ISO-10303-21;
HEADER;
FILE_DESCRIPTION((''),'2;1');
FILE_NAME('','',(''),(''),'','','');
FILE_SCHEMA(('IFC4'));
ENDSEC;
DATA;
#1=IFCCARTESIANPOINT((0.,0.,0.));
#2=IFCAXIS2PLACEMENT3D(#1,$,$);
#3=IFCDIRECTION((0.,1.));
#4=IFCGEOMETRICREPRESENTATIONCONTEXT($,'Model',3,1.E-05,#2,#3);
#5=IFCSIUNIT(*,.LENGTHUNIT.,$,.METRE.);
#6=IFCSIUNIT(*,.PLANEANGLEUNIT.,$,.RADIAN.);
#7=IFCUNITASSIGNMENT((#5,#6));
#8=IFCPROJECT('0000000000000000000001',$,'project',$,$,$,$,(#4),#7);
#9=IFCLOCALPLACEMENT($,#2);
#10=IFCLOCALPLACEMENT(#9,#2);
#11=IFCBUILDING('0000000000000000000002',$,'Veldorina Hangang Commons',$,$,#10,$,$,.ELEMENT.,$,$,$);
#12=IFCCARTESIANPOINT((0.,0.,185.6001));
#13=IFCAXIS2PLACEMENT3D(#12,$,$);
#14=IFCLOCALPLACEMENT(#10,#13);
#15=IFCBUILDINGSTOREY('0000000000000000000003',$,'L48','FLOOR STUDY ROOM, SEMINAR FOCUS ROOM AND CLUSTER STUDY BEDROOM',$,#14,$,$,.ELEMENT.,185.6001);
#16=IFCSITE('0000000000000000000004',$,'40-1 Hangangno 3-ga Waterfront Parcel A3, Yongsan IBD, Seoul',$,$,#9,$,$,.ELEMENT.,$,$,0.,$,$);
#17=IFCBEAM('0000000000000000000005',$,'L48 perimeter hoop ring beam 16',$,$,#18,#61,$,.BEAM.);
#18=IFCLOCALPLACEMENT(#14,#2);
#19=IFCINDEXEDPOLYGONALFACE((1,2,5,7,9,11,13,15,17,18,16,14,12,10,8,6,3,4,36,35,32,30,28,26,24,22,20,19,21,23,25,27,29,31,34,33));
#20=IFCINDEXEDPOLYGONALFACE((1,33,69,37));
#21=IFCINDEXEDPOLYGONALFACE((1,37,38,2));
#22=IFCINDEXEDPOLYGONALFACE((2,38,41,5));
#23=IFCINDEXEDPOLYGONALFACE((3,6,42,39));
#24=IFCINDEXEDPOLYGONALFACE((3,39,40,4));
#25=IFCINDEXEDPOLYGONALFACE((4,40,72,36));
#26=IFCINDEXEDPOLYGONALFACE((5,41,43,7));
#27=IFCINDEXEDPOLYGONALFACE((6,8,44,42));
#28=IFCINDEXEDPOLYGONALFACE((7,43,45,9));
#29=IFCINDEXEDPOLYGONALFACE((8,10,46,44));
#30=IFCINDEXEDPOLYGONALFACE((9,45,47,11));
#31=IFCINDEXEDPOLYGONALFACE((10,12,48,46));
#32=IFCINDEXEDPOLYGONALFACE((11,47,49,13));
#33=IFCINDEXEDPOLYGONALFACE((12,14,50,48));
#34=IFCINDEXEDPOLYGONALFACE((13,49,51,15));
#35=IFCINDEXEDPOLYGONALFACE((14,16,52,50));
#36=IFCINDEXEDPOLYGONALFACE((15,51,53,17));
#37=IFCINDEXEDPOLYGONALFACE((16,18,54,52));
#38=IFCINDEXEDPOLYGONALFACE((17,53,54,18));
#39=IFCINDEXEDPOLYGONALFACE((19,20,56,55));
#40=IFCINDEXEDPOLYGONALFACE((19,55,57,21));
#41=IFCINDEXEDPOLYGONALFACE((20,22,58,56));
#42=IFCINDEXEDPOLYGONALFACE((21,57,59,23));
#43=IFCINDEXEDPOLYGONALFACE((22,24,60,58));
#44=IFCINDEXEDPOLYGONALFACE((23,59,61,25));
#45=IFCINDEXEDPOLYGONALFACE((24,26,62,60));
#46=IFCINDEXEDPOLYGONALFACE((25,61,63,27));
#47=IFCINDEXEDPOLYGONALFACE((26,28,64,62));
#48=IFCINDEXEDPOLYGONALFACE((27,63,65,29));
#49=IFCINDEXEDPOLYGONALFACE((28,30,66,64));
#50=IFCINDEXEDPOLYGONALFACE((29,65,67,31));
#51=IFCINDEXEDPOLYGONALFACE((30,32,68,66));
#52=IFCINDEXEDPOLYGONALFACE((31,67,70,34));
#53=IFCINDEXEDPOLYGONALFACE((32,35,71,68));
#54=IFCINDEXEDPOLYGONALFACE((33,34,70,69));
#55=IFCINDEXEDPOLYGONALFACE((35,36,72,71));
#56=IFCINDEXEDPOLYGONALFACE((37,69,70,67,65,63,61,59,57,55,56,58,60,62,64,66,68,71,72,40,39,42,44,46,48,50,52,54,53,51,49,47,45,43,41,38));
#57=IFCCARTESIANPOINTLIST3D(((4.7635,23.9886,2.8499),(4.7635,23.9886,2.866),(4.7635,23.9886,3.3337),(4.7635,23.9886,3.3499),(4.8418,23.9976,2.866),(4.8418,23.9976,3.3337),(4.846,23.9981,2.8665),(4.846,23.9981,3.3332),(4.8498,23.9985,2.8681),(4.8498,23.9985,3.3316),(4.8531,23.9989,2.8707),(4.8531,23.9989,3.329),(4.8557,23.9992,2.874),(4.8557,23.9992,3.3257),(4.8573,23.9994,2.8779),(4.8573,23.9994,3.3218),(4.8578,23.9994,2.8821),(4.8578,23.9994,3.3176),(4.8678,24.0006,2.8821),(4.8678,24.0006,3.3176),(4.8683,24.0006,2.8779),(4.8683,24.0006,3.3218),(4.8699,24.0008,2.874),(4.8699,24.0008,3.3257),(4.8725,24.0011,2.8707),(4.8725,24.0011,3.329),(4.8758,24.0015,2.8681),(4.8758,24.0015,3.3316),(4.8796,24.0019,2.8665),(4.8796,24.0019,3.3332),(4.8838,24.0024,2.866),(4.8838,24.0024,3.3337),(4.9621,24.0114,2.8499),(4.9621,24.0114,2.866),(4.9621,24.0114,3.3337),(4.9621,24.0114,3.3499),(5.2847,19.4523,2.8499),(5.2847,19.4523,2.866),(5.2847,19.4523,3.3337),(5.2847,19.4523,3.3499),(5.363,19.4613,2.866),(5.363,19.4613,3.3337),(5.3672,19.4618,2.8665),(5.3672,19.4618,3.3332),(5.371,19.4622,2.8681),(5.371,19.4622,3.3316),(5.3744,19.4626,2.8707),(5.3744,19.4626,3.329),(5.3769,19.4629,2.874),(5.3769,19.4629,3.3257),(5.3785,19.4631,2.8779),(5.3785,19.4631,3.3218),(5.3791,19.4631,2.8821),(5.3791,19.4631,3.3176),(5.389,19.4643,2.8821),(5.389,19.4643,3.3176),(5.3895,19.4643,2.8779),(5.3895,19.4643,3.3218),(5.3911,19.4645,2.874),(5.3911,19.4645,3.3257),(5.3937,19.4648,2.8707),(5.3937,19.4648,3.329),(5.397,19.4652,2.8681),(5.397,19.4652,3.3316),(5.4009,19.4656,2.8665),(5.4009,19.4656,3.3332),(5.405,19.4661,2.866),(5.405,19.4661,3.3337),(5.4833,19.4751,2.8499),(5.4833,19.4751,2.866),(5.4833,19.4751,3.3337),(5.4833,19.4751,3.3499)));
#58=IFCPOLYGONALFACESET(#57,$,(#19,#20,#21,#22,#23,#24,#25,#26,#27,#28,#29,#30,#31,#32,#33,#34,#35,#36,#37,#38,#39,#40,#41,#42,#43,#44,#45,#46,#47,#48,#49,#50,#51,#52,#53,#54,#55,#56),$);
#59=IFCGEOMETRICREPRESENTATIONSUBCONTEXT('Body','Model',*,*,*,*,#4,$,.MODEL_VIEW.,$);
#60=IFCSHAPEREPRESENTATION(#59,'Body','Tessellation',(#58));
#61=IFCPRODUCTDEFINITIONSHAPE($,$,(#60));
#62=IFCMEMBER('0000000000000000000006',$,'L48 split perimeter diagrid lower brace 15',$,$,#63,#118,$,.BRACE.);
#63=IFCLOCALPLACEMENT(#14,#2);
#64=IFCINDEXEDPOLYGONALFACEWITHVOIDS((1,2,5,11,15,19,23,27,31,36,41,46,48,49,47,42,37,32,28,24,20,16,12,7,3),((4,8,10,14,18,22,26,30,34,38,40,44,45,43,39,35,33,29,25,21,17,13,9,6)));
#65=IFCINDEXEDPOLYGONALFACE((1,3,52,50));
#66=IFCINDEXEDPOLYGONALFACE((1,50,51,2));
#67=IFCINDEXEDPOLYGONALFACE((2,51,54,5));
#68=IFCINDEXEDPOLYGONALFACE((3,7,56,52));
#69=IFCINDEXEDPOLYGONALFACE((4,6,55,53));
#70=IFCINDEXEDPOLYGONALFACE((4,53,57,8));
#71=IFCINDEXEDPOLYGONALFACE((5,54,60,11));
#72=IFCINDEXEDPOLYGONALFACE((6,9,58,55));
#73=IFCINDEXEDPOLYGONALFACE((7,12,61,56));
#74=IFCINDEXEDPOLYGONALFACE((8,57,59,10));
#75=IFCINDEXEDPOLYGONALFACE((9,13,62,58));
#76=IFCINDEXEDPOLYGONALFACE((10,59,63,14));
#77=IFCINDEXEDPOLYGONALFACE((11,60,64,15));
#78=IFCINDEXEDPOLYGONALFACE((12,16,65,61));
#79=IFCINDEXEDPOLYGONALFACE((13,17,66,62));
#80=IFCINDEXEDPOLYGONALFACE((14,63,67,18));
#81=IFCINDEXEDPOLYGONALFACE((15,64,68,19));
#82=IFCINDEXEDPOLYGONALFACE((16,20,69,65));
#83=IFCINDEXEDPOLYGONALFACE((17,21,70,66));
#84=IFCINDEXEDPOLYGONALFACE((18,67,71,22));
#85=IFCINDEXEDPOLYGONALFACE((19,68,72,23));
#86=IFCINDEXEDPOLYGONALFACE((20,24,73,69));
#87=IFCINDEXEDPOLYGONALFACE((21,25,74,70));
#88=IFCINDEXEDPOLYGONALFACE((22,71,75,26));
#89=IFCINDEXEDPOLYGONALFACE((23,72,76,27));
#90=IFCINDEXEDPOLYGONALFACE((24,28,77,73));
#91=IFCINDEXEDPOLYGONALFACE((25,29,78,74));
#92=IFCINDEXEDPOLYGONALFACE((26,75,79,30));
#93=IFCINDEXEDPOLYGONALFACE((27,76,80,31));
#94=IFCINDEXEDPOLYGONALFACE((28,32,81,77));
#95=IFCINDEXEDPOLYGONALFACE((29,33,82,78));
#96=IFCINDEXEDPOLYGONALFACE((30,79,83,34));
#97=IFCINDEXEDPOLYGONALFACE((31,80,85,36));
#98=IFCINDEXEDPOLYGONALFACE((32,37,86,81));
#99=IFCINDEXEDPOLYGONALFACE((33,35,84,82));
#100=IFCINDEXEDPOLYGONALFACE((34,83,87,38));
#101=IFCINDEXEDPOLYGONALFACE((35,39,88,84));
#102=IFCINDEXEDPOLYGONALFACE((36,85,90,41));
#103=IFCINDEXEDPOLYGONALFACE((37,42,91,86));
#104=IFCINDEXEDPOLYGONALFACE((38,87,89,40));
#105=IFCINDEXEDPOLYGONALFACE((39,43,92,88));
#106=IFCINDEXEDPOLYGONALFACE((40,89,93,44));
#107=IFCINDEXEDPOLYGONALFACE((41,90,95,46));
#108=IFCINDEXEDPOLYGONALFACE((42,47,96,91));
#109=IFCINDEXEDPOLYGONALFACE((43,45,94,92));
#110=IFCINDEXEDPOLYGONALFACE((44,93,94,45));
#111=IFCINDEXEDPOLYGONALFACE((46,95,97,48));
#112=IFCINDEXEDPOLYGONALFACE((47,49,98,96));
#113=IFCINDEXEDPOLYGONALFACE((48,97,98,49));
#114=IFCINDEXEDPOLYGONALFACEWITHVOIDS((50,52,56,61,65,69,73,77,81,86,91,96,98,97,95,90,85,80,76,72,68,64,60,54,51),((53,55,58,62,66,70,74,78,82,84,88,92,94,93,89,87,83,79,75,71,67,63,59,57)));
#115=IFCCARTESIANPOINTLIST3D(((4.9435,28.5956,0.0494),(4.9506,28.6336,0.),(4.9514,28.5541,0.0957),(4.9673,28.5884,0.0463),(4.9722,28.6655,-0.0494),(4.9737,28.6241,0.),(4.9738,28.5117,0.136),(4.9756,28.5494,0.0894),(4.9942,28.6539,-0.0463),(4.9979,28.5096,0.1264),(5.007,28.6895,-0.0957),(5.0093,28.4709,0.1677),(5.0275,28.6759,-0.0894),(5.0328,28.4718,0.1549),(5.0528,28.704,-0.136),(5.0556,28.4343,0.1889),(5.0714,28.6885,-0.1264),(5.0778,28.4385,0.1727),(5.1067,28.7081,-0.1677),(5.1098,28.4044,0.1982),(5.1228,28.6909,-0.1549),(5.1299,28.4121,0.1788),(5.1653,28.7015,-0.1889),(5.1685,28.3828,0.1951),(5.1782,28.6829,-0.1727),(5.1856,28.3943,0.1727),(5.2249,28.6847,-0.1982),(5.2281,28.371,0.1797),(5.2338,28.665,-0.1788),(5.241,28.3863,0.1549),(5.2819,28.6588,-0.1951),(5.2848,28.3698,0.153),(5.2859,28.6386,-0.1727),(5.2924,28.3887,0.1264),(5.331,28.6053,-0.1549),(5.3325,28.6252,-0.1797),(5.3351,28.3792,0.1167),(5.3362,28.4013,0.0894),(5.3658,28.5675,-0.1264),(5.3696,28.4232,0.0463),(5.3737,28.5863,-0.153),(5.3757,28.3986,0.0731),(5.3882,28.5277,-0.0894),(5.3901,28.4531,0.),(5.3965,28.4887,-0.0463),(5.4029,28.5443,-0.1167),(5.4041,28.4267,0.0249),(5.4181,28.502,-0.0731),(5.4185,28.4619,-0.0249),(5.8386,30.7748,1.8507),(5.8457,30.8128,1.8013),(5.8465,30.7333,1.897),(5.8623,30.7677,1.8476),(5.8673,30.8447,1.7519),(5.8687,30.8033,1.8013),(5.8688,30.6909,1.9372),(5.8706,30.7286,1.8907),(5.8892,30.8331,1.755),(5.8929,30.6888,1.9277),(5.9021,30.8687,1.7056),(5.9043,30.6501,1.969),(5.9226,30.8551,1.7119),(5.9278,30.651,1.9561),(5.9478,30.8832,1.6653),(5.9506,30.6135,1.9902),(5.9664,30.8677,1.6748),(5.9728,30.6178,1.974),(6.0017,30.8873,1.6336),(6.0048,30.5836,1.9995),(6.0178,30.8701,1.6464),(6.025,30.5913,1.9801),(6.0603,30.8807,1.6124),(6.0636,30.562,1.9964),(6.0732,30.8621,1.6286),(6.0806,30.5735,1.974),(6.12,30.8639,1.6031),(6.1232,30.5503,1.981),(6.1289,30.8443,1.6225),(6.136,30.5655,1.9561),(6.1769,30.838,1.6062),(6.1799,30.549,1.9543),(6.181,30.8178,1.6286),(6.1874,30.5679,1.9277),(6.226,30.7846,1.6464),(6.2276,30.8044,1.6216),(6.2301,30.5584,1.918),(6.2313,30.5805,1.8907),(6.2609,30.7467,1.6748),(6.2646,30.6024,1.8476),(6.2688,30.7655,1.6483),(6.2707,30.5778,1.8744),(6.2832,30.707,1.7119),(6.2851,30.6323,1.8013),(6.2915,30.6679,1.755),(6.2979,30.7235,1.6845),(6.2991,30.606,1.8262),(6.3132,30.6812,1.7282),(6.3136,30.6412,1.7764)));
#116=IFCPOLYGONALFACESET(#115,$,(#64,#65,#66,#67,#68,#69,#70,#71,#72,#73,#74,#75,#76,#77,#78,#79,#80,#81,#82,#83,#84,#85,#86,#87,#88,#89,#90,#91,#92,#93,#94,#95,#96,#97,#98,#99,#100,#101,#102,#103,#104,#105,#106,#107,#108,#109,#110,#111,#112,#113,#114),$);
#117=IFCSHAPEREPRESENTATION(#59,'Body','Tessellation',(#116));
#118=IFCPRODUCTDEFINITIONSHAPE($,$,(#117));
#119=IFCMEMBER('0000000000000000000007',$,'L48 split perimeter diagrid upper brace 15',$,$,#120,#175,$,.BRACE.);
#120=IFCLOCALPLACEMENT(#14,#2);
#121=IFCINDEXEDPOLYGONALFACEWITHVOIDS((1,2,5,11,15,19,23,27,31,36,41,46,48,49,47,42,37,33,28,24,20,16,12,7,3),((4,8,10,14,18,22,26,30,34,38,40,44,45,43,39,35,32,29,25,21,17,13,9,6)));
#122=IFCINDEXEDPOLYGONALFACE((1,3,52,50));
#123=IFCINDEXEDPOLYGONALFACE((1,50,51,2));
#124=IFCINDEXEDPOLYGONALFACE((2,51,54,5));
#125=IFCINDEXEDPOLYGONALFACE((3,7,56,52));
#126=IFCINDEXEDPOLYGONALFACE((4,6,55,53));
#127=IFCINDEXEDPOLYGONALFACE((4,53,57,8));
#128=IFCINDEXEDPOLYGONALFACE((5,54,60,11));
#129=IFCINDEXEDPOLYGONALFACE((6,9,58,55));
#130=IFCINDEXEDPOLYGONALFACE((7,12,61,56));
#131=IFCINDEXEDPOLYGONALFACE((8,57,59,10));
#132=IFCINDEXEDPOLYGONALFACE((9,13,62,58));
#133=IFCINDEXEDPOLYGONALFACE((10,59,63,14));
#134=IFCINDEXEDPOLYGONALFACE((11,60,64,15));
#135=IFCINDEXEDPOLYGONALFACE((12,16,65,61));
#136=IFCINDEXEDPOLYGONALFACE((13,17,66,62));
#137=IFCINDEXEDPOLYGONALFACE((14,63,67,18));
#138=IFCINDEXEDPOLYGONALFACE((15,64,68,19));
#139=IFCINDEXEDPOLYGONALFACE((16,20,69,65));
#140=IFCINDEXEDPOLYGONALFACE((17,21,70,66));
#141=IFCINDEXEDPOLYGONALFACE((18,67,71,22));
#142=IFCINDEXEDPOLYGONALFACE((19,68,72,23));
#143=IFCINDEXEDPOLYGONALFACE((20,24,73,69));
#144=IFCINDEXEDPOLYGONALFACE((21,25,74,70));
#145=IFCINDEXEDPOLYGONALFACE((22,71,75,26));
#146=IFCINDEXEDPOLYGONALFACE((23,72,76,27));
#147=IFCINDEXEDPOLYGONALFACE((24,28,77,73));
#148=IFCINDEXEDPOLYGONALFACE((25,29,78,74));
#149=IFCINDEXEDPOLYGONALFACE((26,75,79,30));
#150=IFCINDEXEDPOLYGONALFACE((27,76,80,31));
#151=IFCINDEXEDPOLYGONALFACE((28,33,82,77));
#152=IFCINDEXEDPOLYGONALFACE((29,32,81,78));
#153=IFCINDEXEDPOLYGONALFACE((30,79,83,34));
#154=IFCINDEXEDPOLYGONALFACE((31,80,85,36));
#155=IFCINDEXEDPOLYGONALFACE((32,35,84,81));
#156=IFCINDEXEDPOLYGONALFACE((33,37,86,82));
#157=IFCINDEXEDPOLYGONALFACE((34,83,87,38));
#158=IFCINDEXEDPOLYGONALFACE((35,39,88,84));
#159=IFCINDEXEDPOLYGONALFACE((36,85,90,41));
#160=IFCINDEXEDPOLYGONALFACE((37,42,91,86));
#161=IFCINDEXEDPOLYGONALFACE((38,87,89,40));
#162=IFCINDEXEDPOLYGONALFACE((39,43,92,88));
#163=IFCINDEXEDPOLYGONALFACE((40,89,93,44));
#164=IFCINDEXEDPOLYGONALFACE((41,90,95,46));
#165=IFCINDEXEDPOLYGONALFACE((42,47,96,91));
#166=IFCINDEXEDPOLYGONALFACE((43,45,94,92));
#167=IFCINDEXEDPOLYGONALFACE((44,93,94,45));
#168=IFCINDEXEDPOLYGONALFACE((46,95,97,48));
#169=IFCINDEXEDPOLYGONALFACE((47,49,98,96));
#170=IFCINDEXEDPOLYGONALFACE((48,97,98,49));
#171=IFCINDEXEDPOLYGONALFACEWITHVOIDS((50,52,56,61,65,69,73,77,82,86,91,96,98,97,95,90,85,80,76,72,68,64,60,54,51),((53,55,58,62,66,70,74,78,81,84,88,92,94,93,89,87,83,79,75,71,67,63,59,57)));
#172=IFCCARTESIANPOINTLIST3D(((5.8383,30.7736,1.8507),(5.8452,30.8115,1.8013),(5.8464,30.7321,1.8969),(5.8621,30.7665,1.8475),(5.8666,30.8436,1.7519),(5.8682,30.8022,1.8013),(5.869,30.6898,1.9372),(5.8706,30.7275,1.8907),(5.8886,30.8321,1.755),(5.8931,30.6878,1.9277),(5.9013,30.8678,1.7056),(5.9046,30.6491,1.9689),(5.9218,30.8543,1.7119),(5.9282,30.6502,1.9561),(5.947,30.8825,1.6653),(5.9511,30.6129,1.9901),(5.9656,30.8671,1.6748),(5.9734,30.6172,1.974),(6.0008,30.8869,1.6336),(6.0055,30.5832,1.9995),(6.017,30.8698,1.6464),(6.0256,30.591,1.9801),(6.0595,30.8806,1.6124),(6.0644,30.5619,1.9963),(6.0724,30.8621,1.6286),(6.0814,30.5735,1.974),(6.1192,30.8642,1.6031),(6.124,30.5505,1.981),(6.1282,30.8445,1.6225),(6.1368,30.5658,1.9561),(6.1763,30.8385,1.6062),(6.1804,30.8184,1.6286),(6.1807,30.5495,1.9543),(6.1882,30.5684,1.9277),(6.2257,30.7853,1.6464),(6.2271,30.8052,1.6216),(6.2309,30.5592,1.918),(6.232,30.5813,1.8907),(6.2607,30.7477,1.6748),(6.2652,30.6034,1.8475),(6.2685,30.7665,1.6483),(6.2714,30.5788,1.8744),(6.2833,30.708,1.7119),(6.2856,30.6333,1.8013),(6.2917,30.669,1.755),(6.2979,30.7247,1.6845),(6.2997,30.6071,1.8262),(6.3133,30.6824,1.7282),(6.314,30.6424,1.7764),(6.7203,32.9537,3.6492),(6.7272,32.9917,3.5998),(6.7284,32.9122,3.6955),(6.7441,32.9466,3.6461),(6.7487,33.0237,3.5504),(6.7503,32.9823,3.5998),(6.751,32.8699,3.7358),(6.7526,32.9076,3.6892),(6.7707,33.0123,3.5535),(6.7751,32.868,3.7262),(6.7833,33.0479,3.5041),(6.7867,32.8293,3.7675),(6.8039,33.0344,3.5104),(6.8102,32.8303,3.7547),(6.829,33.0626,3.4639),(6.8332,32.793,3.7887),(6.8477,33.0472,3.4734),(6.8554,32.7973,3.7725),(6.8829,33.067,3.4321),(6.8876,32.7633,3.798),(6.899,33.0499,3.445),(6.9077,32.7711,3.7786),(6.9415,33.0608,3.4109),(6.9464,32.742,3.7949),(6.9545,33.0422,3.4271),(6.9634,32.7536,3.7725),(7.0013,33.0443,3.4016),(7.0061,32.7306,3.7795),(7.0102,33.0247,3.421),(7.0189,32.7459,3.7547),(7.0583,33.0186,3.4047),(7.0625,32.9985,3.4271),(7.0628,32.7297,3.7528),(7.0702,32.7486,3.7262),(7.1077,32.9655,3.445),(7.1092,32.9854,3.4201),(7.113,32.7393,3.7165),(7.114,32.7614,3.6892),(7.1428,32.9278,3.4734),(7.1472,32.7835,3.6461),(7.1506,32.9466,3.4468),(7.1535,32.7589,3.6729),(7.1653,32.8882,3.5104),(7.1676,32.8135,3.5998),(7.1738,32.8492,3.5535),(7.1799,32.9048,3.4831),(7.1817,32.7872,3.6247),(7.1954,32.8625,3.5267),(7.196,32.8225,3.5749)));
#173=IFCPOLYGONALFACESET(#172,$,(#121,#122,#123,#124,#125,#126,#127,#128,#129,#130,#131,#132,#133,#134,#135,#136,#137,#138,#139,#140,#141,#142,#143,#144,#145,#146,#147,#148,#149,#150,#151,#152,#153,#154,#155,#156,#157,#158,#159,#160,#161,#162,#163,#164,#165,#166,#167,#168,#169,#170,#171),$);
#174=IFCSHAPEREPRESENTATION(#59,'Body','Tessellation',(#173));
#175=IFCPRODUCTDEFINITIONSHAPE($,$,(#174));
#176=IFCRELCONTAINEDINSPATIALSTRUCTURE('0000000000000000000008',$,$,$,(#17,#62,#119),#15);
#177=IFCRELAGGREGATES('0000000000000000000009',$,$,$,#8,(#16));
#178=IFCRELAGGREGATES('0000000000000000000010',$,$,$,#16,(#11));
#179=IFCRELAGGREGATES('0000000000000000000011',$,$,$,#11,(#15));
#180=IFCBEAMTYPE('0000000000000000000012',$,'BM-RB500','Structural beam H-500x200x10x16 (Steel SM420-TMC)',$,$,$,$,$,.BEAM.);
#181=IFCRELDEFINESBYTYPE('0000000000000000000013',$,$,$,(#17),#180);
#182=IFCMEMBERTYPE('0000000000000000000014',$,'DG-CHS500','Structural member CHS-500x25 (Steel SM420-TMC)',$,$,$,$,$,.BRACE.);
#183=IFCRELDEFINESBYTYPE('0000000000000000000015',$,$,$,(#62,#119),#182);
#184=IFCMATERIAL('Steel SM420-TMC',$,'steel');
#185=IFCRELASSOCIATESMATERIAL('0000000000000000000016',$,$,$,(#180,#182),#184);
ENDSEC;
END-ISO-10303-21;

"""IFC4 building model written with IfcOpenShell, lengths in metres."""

from ifc_helpers import new_model, si_unit, direction, frame, origin, origin_2d, place, context, subcontext, project, spatial, hollow_circle, i_section, extrude, material, material_profile, profile_set, type_object, element, save


model = new_model("IFC4")

# Units and contexts
model_context = context("Model", 3, precision=1e-05, world=origin(), true_north=direction((0.0, 1.0)))
body_context = subcontext(model_context, "Body", "Model", "MODEL_VIEW")
ifc_project = project(units=[si_unit("LENGTHUNIT", "METRE"), si_unit("PLANEANGLEUNIT", "RADIAN")], contexts=[model_context])

# Site, building, storey
site_placement = place(None, origin())
site = spatial("IfcSite", under=ifc_project, at=site_placement, Name="40-1 Hangangno 3-ga Waterfront Parcel A3, Yongsan IBD, Seoul", CompositionType="ELEMENT", RefElevation=0.0)
building_placement = place(site_placement, origin())
building = spatial("IfcBuilding", under=site, at=building_placement, Name="Veldorina Hangang Commons", CompositionType="ELEMENT")
storey_placement = place(building_placement, frame((0.0, 0.0, 185.6001)))
storey = spatial("IfcBuildingStorey", under=building, at=storey_placement, Name="L48", Description="FLOOR STUDY ROOM, SEMINAR FOCUS ROOM AND CLUSTER STUDY BEDROOM", CompositionType="ELEMENT", Elevation=185.6001)

# Beam
ifc_material_1 = material(Name="Steel SM420-TMC", Category="steel")
ifc_material_profile_1 = material_profile(ifc_material_1, i_section(OverallWidth=0.2, OverallDepth=0.5, WebThickness=0.01, FlangeThickness=0.0161, FilletRadius=0.0161, at=origin_2d()), Name="H-500x200x10x16")
ifc_profile_set_1 = profile_set([ifc_material_profile_1], Name="Steel SM420-TMC")
beam_type_1 = type_object("IfcBeamType", Name="BM-RB500", Description="Structural beam H-500x200x10x16 (Steel SM420-TMC)", PredefinedType="BEAM", material=ifc_profile_set_1)
for number, where, z_axis, x_axis, name in (
    (1, (4.8628, 24.0, 3.0999), (0.114151, -0.993463, 0.0), (0.993463, 0.114151, 0.0), "L48 perimeter hoop ring beam 16"),
):
    element("IfcBeam", number, at=place(storey_placement, frame(where, z_axis=z_axis, x_axis=x_axis)), inside=storey, type_object=beam_type_1, Name=name, PredefinedType="BEAM", context=body_context, shape_type="SweptSolid", body=[
        extrude(i_section(OverallWidth=0.2, OverallDepth=0.5, WebThickness=0.01, FlangeThickness=0.0161, FilletRadius=0.0161, at=origin_2d()), origin(), (0.0, 0.0, 1.0), 4.5662),
    ])

# Members
ifc_material_profile_2 = material_profile(ifc_material_1, hollow_circle(Radius=0.25, WallThickness=0.0249, at=origin_2d()), Name="CHS-500x25")
ifc_profile_set_2 = profile_set([ifc_material_profile_2], Name="Steel SM420-TMC")
member_type = type_object("IfcMemberType", Name="DG-CHS500", Description="Structural member CHS-500x25 (Steel SM420-TMC)", PredefinedType="BRACE", material=ifc_profile_set_2)
member_1_placement = place(storey_placement, frame((5.1819, 28.5386, 0.0), z_axis=(0.301805, 0.734836, 0.607396), x_axis=(-0.925021, 0.379916, 0.0)))
element("IfcMember", 2, at=member_1_placement, inside=storey, type_object=member_type, Name="L48 split perimeter diagrid lower brace 15", PredefinedType="BRACE", context=body_context, shape_type="SweptSolid", body=[
    extrude(hollow_circle(Radius=0.25, WallThickness=0.0249, at=origin_2d()), origin(), (0.0, 0.0, 1.0), 2.9656),
])
member_2_placement = place(storey_placement, frame((6.0769, 30.7178, 1.8013), z_axis=(0.297923, 0.736355, 0.607472), x_axis=(-0.927002, 0.375057, 0.0)))
element("IfcMember", 3, at=member_2_placement, inside=storey, type_object=member_type, Name="L48 split perimeter diagrid upper brace 15", PredefinedType="BRACE", context=body_context, shape_type="SweptSolid", body=[
    extrude(hollow_circle(Radius=0.25, WallThickness=0.0249, at=origin_2d()), origin(), (0.0, 0.0, 1.0), 2.9607),
])

save(model, "model.ifc")
